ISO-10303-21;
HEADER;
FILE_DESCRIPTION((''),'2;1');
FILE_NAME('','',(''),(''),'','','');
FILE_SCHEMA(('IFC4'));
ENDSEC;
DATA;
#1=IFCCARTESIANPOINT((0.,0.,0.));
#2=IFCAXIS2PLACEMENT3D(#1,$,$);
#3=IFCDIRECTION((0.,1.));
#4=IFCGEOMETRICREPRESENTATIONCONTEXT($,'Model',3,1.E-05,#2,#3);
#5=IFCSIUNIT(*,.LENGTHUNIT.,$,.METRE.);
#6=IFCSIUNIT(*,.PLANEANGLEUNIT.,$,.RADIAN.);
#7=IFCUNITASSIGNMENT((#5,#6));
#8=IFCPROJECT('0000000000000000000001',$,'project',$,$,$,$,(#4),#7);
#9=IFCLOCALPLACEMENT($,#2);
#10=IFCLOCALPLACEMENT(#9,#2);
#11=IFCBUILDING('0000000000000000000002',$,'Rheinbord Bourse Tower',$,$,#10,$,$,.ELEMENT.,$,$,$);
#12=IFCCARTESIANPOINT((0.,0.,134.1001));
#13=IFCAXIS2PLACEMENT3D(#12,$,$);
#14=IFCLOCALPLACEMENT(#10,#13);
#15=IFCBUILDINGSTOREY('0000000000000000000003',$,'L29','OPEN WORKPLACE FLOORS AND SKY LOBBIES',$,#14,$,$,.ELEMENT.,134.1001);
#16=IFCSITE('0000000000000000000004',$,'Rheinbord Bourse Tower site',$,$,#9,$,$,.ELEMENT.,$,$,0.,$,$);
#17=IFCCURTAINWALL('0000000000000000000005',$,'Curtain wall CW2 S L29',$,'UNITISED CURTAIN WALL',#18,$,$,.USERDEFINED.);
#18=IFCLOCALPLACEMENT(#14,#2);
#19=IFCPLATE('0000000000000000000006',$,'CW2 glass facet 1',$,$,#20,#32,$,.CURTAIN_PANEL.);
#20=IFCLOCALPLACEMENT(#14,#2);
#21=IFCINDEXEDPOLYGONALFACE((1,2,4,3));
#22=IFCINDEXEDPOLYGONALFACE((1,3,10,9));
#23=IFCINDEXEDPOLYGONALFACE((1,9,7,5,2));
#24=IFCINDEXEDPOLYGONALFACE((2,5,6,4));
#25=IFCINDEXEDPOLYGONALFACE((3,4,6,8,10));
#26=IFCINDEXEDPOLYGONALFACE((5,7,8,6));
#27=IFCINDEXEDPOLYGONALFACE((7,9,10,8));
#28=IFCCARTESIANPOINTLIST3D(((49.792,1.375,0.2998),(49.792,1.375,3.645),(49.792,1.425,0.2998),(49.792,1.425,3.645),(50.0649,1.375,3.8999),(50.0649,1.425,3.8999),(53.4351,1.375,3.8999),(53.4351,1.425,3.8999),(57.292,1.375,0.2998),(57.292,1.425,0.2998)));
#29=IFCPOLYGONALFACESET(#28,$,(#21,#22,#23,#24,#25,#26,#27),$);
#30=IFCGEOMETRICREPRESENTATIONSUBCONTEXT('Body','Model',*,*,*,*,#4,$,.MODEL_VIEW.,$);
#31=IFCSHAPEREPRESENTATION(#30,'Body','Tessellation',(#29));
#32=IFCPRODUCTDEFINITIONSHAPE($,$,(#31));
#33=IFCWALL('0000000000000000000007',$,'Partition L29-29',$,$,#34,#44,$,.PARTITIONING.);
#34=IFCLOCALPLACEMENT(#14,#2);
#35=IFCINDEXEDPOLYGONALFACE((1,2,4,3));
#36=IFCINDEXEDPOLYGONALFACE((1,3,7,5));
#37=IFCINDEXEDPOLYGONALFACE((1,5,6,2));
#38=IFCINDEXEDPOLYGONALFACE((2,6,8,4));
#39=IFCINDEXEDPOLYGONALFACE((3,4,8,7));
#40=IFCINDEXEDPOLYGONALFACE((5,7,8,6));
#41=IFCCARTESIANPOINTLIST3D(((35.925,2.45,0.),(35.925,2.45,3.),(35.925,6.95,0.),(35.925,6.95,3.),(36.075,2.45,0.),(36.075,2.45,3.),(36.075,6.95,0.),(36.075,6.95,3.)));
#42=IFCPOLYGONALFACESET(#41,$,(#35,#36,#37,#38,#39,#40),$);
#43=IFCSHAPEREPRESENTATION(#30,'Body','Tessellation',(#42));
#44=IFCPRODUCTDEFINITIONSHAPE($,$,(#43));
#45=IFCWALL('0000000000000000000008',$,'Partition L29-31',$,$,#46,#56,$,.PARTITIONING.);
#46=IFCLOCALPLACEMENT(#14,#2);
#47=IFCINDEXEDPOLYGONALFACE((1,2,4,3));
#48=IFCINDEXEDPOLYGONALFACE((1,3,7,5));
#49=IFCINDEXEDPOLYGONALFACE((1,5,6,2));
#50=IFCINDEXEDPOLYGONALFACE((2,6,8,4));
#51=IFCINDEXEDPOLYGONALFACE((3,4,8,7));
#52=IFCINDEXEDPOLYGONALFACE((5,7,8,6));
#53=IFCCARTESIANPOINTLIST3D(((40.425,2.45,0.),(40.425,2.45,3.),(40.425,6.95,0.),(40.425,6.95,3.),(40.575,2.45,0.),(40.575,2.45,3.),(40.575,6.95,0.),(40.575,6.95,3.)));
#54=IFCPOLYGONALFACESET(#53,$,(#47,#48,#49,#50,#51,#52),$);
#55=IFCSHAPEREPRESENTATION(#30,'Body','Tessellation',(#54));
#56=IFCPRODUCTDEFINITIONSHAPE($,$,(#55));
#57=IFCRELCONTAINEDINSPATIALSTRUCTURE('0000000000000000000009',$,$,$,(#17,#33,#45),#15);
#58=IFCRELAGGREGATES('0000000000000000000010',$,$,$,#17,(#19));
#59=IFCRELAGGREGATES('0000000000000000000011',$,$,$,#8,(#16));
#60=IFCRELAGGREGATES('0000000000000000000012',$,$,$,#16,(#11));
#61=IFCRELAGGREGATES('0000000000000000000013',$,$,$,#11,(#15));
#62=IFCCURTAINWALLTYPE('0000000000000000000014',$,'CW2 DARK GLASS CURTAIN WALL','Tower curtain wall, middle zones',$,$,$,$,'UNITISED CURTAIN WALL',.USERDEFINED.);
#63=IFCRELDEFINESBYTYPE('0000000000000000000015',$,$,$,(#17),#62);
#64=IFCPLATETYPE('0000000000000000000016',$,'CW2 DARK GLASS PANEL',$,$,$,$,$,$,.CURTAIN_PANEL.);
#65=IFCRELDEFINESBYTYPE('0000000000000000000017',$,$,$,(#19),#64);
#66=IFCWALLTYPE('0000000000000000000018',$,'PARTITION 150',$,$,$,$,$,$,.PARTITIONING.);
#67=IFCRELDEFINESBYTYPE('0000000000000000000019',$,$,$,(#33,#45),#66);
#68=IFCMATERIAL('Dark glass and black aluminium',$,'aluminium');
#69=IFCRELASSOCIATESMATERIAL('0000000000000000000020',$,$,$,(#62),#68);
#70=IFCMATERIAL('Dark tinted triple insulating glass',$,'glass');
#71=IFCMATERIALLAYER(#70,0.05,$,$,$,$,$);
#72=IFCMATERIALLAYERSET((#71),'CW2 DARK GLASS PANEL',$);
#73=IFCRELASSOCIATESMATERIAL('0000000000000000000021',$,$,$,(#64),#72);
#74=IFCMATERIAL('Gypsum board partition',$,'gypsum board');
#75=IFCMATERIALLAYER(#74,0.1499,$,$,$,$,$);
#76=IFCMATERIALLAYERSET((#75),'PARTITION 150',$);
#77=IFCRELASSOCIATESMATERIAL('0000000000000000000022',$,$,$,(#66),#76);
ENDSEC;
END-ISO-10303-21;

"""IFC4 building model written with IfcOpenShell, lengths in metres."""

from ifc_helpers import new_model, si_unit, direction, frame, frame_2d, origin, place, context, subcontext, project, spatial, polyline, rectangle, outline, extrude, material, layer, layer_set, type_object, element, aggregate, save


model = new_model("IFC4")

# Units and contexts
model_context = context("Model", 3, precision=1e-05, world=origin(), true_north=direction((0.0, 1.0)))
body_context = subcontext(model_context, "Body", "Model", "MODEL_VIEW")
ifc_project = project(units=[si_unit("LENGTHUNIT", "METRE"), si_unit("PLANEANGLEUNIT", "RADIAN")], contexts=[model_context])

# Site, building, storey
site_placement = place(None, origin())
site = spatial("IfcSite", under=ifc_project, at=site_placement, Name="Rheinbord Bourse Tower site", CompositionType="ELEMENT", RefElevation=0.0)
building_placement = place(site_placement, origin())
building = spatial("IfcBuilding", under=site, at=building_placement, Name="Rheinbord Bourse Tower", CompositionType="ELEMENT")
storey_placement = place(building_placement, frame((0.0, 0.0, 134.1001)))
storey = spatial("IfcBuildingStorey", under=building, at=storey_placement, Name="L29", Description="OPEN WORKPLACE FLOORS AND SKY LOBBIES", CompositionType="ELEMENT", Elevation=134.1001)

# Curtain wall
ifc_material_1 = material(Name="Dark glass and black aluminium", Category="aluminium")
curtain_wall_type = type_object("IfcCurtainWallType", Name="CW2 DARK GLASS CURTAIN WALL", Description="Tower curtain wall, middle zones", ElementType="UNITISED CURTAIN WALL", PredefinedType="USERDEFINED", material=ifc_material_1)
curtain_wall_placement = place(storey_placement, origin())
curtain_wall = element("IfcCurtainWall", 1, at=curtain_wall_placement, inside=storey, type_object=curtain_wall_type, Name="Curtain wall CW2 S L29", ObjectType="UNITISED CURTAIN WALL", PredefinedType="USERDEFINED")

# Plate
ifc_material_2 = material(Name="Dark tinted triple insulating glass", Category="glass")
ifc_layer_1 = layer(ifc_material_2, 0.05)
ifc_layer_set_1 = layer_set([ifc_layer_1], Name="CW2 DARK GLASS PANEL")
plate_type = type_object("IfcPlateType", Name="CW2 DARK GLASS PANEL", PredefinedType="CURTAIN_PANEL", material=ifc_layer_set_1)
plate_1_placement = place(storey_placement, frame((49.792, 1.375, 0.2998), z_axis=(0.0, 1.0, 0.0), x_axis=(0.0, 0.0, 1.0)))
plate_1 = element("IfcPlate", 2, at=plate_1_placement, type_object=plate_type, Name="CW2 glass facet 1", PredefinedType="CURTAIN_PANEL", context=body_context, shape_type="SweptSolid", body=[
    extrude(outline(polyline([(0.0, 0.0), (3.3452, 0.0), (3.6001, 0.2729), (3.6001, 3.6431), (0.0, 7.5), (0.0, 0.0)])), origin(), (0.0, 0.0, 1.0), 0.05),
])
aggregate(curtain_wall, [plate_1])

# Walls
ifc_material_3 = material(Name="Gypsum board partition", Category="gypsum board")
ifc_layer_2 = layer(ifc_material_3, 0.1499)
ifc_layer_set_2 = layer_set([ifc_layer_2], Name="PARTITION 150")
wall_type = type_object("IfcWallType", Name="PARTITION 150", PredefinedType="PARTITIONING", material=ifc_layer_set_2)
for number, where, z_axis, x_axis, name in (
    (3, (36.0, 2.45, 0.0), (0.0, 0.0, 1.0), (0.0, 1.0, 0.0), "Partition L29-29"),
    (4, (40.5, 2.45, 0.0), (0.0, 0.0, 1.0), (0.0, 1.0, 0.0), "Partition L29-31"),
):
    element("IfcWall", number, at=place(storey_placement, frame(where, z_axis=z_axis, x_axis=x_axis)), inside=storey, type_object=wall_type, Name=name, PredefinedType="PARTITIONING", context=body_context, shape_type="SweptSolid", body=[
        extrude(rectangle(XDim=4.5, YDim=0.1499, at=frame_2d((2.25, 0.0))), origin(), (0.0, 0.0, 1.0), 3.0),
    ])

save(model, "model.ifc")
